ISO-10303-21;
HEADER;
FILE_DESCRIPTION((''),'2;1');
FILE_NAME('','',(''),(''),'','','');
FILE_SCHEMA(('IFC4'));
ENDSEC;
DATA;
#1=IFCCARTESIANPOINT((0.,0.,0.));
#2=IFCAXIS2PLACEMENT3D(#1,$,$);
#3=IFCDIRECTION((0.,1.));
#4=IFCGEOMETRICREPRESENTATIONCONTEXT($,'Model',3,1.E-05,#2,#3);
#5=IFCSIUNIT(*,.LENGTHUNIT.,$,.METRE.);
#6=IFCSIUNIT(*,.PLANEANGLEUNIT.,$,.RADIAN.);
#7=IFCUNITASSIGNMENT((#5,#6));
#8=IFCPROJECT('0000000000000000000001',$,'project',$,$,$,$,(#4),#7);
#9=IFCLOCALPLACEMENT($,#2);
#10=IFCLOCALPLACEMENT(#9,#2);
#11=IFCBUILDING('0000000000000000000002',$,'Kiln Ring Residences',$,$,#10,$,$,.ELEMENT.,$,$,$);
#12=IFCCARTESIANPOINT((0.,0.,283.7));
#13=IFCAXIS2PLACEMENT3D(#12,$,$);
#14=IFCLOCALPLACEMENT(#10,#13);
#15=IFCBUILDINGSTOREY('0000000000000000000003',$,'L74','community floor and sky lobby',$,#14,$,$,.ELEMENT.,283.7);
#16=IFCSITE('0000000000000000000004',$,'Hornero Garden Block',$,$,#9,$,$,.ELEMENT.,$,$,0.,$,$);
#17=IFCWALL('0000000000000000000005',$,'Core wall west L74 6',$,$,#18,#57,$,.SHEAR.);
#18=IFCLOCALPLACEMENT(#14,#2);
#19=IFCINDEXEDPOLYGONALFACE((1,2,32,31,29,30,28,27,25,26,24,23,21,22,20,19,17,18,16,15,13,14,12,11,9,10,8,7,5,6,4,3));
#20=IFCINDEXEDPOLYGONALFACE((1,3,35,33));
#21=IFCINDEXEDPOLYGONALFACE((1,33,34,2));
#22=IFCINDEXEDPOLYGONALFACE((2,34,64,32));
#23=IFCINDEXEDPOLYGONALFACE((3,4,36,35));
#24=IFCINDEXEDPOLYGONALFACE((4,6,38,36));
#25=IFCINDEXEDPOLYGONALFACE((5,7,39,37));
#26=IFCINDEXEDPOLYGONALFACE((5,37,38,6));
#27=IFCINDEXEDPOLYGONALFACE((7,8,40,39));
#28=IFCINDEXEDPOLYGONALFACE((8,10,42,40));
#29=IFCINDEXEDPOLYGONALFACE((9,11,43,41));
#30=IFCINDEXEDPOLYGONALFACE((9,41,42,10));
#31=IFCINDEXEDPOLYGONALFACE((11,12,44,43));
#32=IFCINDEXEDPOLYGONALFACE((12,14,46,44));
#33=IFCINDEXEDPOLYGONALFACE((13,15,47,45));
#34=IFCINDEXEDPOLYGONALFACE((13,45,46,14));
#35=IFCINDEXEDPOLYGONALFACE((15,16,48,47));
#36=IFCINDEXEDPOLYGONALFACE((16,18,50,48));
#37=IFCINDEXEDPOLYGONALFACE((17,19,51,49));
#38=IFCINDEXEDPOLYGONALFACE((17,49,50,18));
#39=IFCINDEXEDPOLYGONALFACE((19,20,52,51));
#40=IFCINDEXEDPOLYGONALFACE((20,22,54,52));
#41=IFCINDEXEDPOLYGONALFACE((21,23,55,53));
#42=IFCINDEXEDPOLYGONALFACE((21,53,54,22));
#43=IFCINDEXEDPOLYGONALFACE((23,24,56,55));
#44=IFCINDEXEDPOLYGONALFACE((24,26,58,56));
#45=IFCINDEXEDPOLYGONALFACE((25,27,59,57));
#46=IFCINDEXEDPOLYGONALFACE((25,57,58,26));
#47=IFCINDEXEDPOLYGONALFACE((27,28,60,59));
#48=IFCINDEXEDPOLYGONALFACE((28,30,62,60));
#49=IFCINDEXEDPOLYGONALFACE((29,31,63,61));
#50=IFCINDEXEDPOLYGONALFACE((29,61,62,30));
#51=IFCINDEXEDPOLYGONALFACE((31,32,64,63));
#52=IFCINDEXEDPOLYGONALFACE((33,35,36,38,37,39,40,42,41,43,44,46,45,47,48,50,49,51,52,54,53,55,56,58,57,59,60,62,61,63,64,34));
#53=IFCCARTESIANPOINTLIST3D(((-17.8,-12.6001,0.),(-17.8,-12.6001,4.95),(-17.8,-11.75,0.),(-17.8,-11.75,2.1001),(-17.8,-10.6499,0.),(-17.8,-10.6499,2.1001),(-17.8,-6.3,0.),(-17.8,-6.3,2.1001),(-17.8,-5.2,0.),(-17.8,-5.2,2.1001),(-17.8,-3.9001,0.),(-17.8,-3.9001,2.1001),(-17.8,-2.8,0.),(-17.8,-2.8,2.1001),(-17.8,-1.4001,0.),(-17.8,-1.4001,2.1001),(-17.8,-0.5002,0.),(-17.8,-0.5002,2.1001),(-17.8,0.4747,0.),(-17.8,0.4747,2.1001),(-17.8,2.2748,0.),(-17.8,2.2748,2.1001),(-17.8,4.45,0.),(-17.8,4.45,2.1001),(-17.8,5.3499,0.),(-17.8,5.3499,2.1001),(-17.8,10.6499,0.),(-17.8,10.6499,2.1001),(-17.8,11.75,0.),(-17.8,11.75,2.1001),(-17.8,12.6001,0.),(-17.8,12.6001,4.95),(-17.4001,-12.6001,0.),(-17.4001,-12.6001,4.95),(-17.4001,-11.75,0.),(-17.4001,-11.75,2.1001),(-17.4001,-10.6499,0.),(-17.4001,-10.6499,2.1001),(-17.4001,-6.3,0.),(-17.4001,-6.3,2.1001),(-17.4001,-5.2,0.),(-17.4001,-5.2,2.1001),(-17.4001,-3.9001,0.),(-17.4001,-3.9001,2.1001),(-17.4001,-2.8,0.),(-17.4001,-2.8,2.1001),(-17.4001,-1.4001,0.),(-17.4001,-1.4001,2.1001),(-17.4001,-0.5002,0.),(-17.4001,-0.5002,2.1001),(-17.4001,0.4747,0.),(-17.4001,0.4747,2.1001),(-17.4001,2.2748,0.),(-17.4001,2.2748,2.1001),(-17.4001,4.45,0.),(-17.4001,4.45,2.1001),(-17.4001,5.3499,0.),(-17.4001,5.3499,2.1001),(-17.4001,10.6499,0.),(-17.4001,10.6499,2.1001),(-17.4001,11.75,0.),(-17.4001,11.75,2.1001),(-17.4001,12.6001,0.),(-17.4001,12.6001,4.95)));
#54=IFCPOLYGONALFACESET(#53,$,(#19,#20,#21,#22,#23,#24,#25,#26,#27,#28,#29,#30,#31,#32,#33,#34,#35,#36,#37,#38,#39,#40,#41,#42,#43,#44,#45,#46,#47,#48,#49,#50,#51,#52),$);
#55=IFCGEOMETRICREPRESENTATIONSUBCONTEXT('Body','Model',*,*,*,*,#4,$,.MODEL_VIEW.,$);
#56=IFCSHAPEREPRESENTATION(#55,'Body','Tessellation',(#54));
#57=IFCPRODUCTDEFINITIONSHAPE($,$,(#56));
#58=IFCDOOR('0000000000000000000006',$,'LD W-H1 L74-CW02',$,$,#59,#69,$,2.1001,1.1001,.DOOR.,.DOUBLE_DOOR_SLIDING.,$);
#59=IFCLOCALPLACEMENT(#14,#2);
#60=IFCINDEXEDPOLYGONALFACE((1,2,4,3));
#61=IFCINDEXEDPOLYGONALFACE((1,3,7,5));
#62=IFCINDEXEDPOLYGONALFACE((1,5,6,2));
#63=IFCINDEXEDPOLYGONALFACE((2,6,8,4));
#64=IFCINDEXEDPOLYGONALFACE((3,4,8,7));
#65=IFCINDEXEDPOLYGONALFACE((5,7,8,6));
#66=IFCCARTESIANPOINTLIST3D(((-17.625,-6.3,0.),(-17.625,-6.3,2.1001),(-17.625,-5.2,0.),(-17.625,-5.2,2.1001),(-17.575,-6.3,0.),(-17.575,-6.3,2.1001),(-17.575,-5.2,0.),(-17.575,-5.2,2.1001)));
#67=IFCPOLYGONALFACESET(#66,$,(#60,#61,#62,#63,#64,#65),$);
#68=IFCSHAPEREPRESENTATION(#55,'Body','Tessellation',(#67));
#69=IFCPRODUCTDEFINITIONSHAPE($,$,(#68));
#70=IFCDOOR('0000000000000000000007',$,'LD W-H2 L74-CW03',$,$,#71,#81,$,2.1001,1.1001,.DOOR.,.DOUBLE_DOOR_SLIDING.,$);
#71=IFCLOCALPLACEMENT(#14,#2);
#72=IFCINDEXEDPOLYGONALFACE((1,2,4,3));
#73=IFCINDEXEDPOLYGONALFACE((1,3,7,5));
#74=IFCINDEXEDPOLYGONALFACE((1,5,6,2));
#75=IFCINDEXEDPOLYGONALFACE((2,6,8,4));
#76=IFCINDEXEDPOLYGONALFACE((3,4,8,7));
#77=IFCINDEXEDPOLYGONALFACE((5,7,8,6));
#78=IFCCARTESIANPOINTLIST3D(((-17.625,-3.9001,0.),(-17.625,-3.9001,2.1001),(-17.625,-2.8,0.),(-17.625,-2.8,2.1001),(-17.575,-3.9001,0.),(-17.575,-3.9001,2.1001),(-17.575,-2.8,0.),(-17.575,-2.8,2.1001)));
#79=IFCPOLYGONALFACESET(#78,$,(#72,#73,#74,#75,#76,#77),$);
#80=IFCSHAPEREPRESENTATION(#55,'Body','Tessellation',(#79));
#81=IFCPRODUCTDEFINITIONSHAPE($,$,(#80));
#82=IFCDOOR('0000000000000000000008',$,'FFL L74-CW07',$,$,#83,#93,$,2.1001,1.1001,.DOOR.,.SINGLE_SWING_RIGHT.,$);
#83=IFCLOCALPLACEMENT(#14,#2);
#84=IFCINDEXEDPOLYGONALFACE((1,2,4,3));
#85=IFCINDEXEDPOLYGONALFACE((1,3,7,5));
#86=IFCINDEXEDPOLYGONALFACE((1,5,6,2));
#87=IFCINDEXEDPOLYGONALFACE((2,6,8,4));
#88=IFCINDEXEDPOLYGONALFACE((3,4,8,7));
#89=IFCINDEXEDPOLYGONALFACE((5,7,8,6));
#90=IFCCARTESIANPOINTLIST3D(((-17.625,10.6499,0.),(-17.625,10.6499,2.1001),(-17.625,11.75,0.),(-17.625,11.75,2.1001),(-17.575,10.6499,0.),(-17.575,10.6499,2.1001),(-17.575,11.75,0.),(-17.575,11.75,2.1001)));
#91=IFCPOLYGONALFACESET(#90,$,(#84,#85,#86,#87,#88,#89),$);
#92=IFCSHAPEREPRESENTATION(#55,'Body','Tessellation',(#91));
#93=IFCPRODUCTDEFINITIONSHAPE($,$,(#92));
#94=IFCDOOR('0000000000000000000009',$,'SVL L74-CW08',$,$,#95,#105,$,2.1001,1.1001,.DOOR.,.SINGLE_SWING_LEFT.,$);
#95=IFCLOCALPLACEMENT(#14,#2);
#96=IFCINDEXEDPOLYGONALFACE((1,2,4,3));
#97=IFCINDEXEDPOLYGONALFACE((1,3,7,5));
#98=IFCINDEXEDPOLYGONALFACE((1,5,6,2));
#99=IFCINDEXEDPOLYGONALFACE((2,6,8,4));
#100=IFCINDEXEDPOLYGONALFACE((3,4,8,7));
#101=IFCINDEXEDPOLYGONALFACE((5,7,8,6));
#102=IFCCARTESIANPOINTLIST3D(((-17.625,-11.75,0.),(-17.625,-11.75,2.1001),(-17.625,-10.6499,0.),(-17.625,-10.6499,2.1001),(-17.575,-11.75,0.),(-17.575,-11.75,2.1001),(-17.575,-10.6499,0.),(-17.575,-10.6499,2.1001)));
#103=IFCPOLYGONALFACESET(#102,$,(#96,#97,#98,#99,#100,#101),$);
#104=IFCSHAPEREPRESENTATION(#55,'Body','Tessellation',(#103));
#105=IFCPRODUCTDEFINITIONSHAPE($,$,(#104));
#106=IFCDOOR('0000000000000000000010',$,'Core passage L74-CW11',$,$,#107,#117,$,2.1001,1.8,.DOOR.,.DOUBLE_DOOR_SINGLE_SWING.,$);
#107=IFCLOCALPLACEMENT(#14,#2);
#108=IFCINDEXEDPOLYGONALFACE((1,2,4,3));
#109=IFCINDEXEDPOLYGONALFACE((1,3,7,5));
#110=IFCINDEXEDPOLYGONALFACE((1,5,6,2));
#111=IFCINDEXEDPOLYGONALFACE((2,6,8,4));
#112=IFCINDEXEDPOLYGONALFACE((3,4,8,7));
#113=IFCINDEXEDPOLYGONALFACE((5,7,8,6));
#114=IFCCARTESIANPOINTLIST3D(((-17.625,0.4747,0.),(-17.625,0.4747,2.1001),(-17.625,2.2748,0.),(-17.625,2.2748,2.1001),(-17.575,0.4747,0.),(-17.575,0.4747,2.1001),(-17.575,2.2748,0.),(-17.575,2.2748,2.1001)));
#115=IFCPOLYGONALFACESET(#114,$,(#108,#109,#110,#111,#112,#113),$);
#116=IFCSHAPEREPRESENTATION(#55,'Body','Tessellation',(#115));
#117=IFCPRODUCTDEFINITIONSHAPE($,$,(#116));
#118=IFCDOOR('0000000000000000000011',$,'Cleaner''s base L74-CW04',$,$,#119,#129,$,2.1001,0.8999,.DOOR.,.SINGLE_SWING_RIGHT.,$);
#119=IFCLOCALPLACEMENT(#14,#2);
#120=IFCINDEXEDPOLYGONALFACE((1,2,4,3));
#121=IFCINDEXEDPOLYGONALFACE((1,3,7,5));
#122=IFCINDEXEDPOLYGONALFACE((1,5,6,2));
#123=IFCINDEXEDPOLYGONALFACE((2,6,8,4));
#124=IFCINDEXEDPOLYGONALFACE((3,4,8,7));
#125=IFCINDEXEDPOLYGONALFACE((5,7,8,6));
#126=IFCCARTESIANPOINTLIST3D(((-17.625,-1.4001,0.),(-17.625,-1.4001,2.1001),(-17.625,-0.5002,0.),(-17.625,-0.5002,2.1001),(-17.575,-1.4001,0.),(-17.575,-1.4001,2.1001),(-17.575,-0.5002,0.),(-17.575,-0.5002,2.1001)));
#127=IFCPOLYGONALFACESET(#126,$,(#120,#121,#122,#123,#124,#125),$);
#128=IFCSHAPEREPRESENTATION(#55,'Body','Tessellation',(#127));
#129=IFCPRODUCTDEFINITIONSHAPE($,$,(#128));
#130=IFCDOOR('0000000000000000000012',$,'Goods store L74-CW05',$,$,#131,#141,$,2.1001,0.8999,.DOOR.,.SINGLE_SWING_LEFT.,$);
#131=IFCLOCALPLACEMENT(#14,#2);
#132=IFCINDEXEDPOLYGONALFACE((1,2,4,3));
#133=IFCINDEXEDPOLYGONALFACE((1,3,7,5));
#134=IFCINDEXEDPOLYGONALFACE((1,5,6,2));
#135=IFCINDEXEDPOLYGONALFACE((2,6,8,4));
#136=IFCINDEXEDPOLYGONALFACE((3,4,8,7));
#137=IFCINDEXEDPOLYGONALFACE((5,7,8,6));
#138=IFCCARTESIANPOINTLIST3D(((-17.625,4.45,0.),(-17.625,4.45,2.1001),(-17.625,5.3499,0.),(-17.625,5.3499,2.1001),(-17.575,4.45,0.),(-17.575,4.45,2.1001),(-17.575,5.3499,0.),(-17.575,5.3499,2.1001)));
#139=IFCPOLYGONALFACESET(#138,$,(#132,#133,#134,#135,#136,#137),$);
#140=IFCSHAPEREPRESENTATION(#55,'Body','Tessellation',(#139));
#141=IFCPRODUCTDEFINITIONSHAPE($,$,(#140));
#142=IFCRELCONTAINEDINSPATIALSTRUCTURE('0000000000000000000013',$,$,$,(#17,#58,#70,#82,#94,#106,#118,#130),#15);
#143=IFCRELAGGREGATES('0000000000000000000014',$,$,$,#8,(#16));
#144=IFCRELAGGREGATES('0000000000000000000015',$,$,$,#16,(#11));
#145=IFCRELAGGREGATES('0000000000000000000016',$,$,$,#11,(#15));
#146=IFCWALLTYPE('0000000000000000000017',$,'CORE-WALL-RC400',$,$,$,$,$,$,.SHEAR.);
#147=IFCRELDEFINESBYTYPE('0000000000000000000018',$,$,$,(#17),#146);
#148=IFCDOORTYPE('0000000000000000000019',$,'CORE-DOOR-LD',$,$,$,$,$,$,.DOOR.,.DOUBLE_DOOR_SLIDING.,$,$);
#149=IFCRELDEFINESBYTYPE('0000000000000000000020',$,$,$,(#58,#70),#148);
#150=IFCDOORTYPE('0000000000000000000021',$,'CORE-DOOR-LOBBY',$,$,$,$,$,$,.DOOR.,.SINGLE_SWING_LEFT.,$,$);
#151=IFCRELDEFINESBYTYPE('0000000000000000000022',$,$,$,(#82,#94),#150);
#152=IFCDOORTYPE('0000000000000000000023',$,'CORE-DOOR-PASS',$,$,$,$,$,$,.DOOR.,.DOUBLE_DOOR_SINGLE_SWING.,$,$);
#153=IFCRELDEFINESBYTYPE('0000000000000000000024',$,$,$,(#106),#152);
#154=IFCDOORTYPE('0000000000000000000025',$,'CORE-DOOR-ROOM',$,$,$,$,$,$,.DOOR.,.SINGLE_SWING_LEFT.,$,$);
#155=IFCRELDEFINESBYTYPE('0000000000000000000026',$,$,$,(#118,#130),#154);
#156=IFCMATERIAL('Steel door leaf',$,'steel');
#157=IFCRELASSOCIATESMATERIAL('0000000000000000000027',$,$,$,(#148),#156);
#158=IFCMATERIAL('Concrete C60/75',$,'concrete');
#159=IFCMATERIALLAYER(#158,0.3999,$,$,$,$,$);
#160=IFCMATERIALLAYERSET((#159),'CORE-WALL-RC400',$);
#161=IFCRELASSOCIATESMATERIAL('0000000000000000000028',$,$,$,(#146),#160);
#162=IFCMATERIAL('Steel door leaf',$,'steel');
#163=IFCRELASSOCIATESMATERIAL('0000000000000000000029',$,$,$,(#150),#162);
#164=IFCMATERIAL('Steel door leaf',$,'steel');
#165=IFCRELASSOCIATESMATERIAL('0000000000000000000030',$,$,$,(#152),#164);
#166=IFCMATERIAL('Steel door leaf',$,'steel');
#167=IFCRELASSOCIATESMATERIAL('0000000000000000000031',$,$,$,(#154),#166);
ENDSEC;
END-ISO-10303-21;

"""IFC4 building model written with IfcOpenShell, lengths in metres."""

from ifc_helpers import new_model, si_unit, direction, frame, frame_2d, origin, place, context, subcontext, project, spatial, rectangle, extrude, material, layer, layer_set, type_object, element, fill, save


model = new_model("IFC4")

# Units and contexts
model_context = context("Model", 3, precision=1e-05, world=origin(), true_north=direction((0.0, 1.0)))
body_context = subcontext(model_context, "Body", "Model", "MODEL_VIEW")
ifc_project = project(units=[si_unit("LENGTHUNIT", "METRE"), si_unit("PLANEANGLEUNIT", "RADIAN")], contexts=[model_context])

# Site, building, storey
site_placement = place(None, origin())
site = spatial("IfcSite", under=ifc_project, at=site_placement, Name="Hornero Garden Block", CompositionType="ELEMENT", RefElevation=0.0)
building_placement = place(site_placement, origin())
building = spatial("IfcBuilding", under=site, at=building_placement, Name="Kiln Ring Residences", CompositionType="ELEMENT")
storey_placement = place(building_placement, frame((0.0, 0.0, 283.7)))
storey = spatial("IfcBuildingStorey", under=building, at=storey_placement, Name="L74", Description="community floor and sky lobby", CompositionType="ELEMENT", Elevation=283.7)

# Shared definitions
ifc_material_1 = material(Name="Steel door leaf", Category="steel")
door_type_1 = type_object("IfcDoorType", Name="CORE-DOOR-LD", OperationType="DOUBLE_DOOR_SLIDING", PredefinedType="DOOR", material=ifc_material_1)

# Wall, openings, doors
ifc_material_2 = material(Name="Concrete C60/75", Category="concrete")
ifc_layer_1 = layer(ifc_material_2, 0.3999)
ifc_layer_set_1 = layer_set([ifc_layer_1], Name="CORE-WALL-RC400")
wall_type_1 = type_object("IfcWallType", Name="CORE-WALL-RC400", PredefinedType="SHEAR", material=ifc_layer_set_1)
wall_1_placement = place(storey_placement, frame((-17.6001, -12.6001, 0.0), z_axis=(0.0, 0.0, 1.0), x_axis=(0.0, 1.0, 0.0)))
wall_1 = element("IfcWall", 1, at=wall_1_placement, inside=storey, type_object=wall_type_1, Name="Core wall west L74 6", PredefinedType="SHEAR", context=body_context, shape_type="SweptSolid", body=[
    extrude(rectangle(XDim=25.2002, YDim=0.3999, at=frame_2d((12.6001, 0.0))), origin(), (0.0, 0.0, 1.0), 4.95),
])
opening_1_placement = place(wall_1_placement, frame((6.3, 0.0, 0.0)))
opening_1 = element("IfcOpeningElement", 2, at=opening_1_placement, cuts=wall_1, PredefinedType="OPENING", context=body_context, shape_type="SweptSolid", body=[
    extrude(rectangle(XDim=1.1001, YDim=2.1001, at=frame_2d((0.55, 1.05))), frame((0.0, 0.21, 0.0), z_axis=(0.0, -1.0, 0.0), x_axis=(1.0, 0.0, 0.0)), (0.0, 0.0, 1.0), 0.4199),
])
opening_2_placement = place(wall_1_placement, frame((8.7, 0.0, 0.0)))
opening_2 = element("IfcOpeningElement", 3, at=opening_2_placement, cuts=wall_1, PredefinedType="OPENING", context=body_context, shape_type="SweptSolid", body=[
    extrude(rectangle(XDim=1.1001, YDim=2.1001, at=frame_2d((0.55, 1.05))), frame((0.0, 0.21, 0.0), z_axis=(0.0, -1.0, 0.0), x_axis=(1.0, 0.0, 0.0)), (0.0, 0.0, 1.0), 0.4199),
])
opening_3_placement = place(wall_1_placement, frame((11.2, 0.0, 0.0)))
opening_3 = element("IfcOpeningElement", 4, at=opening_3_placement, cuts=wall_1, PredefinedType="OPENING", context=body_context, shape_type="SweptSolid", body=[
    extrude(rectangle(XDim=0.8999, YDim=2.1001, at=frame_2d((0.45, 1.05))), frame((0.0, 0.21, 0.0), z_axis=(0.0, -1.0, 0.0), x_axis=(1.0, 0.0, 0.0)), (0.0, 0.0, 1.0), 0.4199),
])
opening_4_placement = place(wall_1_placement, frame((17.05, 0.0, 0.0)))
opening_4 = element("IfcOpeningElement", 5, at=opening_4_placement, cuts=wall_1, PredefinedType="OPENING", context=body_context, shape_type="SweptSolid", body=[
    extrude(rectangle(XDim=0.8999, YDim=2.1001, at=frame_2d((0.45, 1.05))), frame((0.0, 0.21, 0.0), z_axis=(0.0, -1.0, 0.0), x_axis=(1.0, 0.0, 0.0)), (0.0, 0.0, 1.0), 0.4199),
])
opening_5_placement = place(wall_1_placement, frame((23.25, 0.0, 0.0)))
opening_5 = element("IfcOpeningElement", 6, at=opening_5_placement, cuts=wall_1, PredefinedType="OPENING", context=body_context, shape_type="SweptSolid", body=[
    extrude(rectangle(XDim=1.1001, YDim=2.1001, at=frame_2d((0.55, 1.05))), frame((0.0, 0.21, 0.0), z_axis=(0.0, -1.0, 0.0), x_axis=(1.0, 0.0, 0.0)), (0.0, 0.0, 1.0), 0.4199),
])
opening_6_placement = place(wall_1_placement, frame((0.8501, 0.0, 0.0)))
opening_6 = element("IfcOpeningElement", 7, at=opening_6_placement, cuts=wall_1, PredefinedType="OPENING", context=body_context, shape_type="SweptSolid", body=[
    extrude(rectangle(XDim=1.1001, YDim=2.1001, at=frame_2d((0.55, 1.05))), frame((0.0, 0.21, 0.0), z_axis=(0.0, -1.0, 0.0), x_axis=(1.0, 0.0, 0.0)), (0.0, 0.0, 1.0), 0.4199),
])
opening_7_placement = place(wall_1_placement, frame((13.075, 0.0, 0.0)))
opening_7 = element("IfcOpeningElement", 8, at=opening_7_placement, cuts=wall_1, PredefinedType="OPENING", context=body_context, shape_type="SweptSolid", body=[
    extrude(rectangle(XDim=1.8, YDim=2.1001, at=frame_2d((0.8999, 1.05))), frame((0.0, 0.21, 0.0), z_axis=(0.0, -1.0, 0.0), x_axis=(1.0, 0.0, 0.0)), (0.0, 0.0, 1.0), 0.4199),
])
door_1_placement = place(opening_1_placement, origin())
door_1 = element("IfcDoor", 9, at=door_1_placement, inside=storey, type_object=door_type_1, Name="LD W-H1 L74-CW02", OperationType="DOUBLE_DOOR_SLIDING", OverallHeight=2.1001, OverallWidth=1.1001, PredefinedType="DOOR", context=body_context, shape_type="SweptSolid", body=[
    extrude(rectangle(XDim=1.1001, YDim=2.1001, at=frame_2d((0.55, 1.05))), frame((0.0, 0.0249, 0.0), z_axis=(0.0, -1.0, 0.0), x_axis=(1.0, 0.0, 0.0)), (0.0, 0.0, 1.0), 0.05),
])
fill(opening_1, door_1)
door_2_placement = place(opening_2_placement, origin())
door_2 = element("IfcDoor", 10, at=door_2_placement, inside=storey, type_object=door_type_1, Name="LD W-H2 L74-CW03", OperationType="DOUBLE_DOOR_SLIDING", OverallHeight=2.1001, OverallWidth=1.1001, PredefinedType="DOOR", context=body_context, shape_type="SweptSolid", body=[
    extrude(rectangle(XDim=1.1001, YDim=2.1001, at=frame_2d((0.55, 1.05))), frame((0.0, 0.0249, 0.0), z_axis=(0.0, -1.0, 0.0), x_axis=(1.0, 0.0, 0.0)), (0.0, 0.0, 1.0), 0.05),
])
fill(opening_2, door_2)
ifc_material_3 = material(Name="Steel door leaf", Category="steel")
door_type_2 = type_object("IfcDoorType", Name="CORE-DOOR-LOBBY", OperationType="SINGLE_SWING_LEFT", PredefinedType="DOOR", material=ifc_material_3)
door_3_placement = place(opening_5_placement, origin())
door_3 = element("IfcDoor", 11, at=door_3_placement, inside=storey, type_object=door_type_2, Name="FFL L74-CW07", OperationType="SINGLE_SWING_RIGHT", OverallHeight=2.1001, OverallWidth=1.1001, PredefinedType="DOOR", context=body_context, shape_type="SweptSolid", body=[
    extrude(rectangle(XDim=1.1001, YDim=2.1001, at=frame_2d((0.55, 1.05))), frame((0.0, 0.0249, 0.0), z_axis=(0.0, -1.0, 0.0), x_axis=(1.0, 0.0, 0.0)), (0.0, 0.0, 1.0), 0.05),
])
fill(opening_5, door_3)
door_4_placement = place(opening_6_placement, origin())
door_4 = element("IfcDoor", 12, at=door_4_placement, inside=storey, type_object=door_type_2, Name="SVL L74-CW08", OperationType="SINGLE_SWING_LEFT", OverallHeight=2.1001, OverallWidth=1.1001, PredefinedType="DOOR", context=body_context, shape_type="SweptSolid", body=[
    extrude(rectangle(XDim=1.1001, YDim=2.1001, at=frame_2d((0.55, 1.05))), frame((0.0, 0.0249, 0.0), z_axis=(0.0, -1.0, 0.0), x_axis=(1.0, 0.0, 0.0)), (0.0, 0.0, 1.0), 0.05),
])
fill(opening_6, door_4)
ifc_material_4 = material(Name="Steel door leaf", Category="steel")
door_type_3 = type_object("IfcDoorType", Name="CORE-DOOR-PASS", OperationType="DOUBLE_DOOR_SINGLE_SWING", PredefinedType="DOOR", material=ifc_material_4)
door_5_placement = place(opening_7_placement, origin())
door_5 = element("IfcDoor", 13, at=door_5_placement, inside=storey, type_object=door_type_3, Name="Core passage L74-CW11", OperationType="DOUBLE_DOOR_SINGLE_SWING", OverallHeight=2.1001, OverallWidth=1.8, PredefinedType="DOOR", context=body_context, shape_type="SweptSolid", body=[
    extrude(rectangle(XDim=1.8, YDim=2.1001, at=frame_2d((0.8999, 1.05))), frame((0.0, 0.0249, 0.0), z_axis=(0.0, -1.0, 0.0), x_axis=(1.0, 0.0, 0.0)), (0.0, 0.0, 1.0), 0.05),
])
fill(opening_7, door_5)
ifc_material_5 = material(Name="Steel door leaf", Category="steel")
door_type_4 = type_object("IfcDoorType", Name="CORE-DOOR-ROOM", OperationType="SINGLE_SWING_LEFT", PredefinedType="DOOR", material=ifc_material_5)
door_6_placement = place(opening_3_placement, origin())
door_6 = element("IfcDoor", 14, at=door_6_placement, inside=storey, type_object=door_type_4, Name="Cleaner's base L74-CW04", OperationType="SINGLE_SWING_RIGHT", OverallHeight=2.1001, OverallWidth=0.8999, PredefinedType="DOOR", context=body_context, shape_type="SweptSolid", body=[
    extrude(rectangle(XDim=0.8999, YDim=2.1001, at=frame_2d((0.45, 1.05))), frame((0.0, 0.0249, 0.0), z_axis=(0.0, -1.0, 0.0), x_axis=(1.0, 0.0, 0.0)), (0.0, 0.0, 1.0), 0.05),
])
fill(opening_3, door_6)
door_7_placement = place(opening_4_placement, origin())
door_7 = element("IfcDoor", 15, at=door_7_placement, inside=storey, type_object=door_type_4, Name="Goods store L74-CW05", OperationType="SINGLE_SWING_LEFT", OverallHeight=2.1001, OverallWidth=0.8999, PredefinedType="DOOR", context=body_context, shape_type="SweptSolid", body=[
    extrude(rectangle(XDim=0.8999, YDim=2.1001, at=frame_2d((0.45, 1.05))), frame((0.0, 0.0249, 0.0), z_axis=(0.0, -1.0, 0.0), x_axis=(1.0, 0.0, 0.0)), (0.0, 0.0, 1.0), 0.05),
])
fill(opening_4, door_7)

save(model, "model.ifc")
